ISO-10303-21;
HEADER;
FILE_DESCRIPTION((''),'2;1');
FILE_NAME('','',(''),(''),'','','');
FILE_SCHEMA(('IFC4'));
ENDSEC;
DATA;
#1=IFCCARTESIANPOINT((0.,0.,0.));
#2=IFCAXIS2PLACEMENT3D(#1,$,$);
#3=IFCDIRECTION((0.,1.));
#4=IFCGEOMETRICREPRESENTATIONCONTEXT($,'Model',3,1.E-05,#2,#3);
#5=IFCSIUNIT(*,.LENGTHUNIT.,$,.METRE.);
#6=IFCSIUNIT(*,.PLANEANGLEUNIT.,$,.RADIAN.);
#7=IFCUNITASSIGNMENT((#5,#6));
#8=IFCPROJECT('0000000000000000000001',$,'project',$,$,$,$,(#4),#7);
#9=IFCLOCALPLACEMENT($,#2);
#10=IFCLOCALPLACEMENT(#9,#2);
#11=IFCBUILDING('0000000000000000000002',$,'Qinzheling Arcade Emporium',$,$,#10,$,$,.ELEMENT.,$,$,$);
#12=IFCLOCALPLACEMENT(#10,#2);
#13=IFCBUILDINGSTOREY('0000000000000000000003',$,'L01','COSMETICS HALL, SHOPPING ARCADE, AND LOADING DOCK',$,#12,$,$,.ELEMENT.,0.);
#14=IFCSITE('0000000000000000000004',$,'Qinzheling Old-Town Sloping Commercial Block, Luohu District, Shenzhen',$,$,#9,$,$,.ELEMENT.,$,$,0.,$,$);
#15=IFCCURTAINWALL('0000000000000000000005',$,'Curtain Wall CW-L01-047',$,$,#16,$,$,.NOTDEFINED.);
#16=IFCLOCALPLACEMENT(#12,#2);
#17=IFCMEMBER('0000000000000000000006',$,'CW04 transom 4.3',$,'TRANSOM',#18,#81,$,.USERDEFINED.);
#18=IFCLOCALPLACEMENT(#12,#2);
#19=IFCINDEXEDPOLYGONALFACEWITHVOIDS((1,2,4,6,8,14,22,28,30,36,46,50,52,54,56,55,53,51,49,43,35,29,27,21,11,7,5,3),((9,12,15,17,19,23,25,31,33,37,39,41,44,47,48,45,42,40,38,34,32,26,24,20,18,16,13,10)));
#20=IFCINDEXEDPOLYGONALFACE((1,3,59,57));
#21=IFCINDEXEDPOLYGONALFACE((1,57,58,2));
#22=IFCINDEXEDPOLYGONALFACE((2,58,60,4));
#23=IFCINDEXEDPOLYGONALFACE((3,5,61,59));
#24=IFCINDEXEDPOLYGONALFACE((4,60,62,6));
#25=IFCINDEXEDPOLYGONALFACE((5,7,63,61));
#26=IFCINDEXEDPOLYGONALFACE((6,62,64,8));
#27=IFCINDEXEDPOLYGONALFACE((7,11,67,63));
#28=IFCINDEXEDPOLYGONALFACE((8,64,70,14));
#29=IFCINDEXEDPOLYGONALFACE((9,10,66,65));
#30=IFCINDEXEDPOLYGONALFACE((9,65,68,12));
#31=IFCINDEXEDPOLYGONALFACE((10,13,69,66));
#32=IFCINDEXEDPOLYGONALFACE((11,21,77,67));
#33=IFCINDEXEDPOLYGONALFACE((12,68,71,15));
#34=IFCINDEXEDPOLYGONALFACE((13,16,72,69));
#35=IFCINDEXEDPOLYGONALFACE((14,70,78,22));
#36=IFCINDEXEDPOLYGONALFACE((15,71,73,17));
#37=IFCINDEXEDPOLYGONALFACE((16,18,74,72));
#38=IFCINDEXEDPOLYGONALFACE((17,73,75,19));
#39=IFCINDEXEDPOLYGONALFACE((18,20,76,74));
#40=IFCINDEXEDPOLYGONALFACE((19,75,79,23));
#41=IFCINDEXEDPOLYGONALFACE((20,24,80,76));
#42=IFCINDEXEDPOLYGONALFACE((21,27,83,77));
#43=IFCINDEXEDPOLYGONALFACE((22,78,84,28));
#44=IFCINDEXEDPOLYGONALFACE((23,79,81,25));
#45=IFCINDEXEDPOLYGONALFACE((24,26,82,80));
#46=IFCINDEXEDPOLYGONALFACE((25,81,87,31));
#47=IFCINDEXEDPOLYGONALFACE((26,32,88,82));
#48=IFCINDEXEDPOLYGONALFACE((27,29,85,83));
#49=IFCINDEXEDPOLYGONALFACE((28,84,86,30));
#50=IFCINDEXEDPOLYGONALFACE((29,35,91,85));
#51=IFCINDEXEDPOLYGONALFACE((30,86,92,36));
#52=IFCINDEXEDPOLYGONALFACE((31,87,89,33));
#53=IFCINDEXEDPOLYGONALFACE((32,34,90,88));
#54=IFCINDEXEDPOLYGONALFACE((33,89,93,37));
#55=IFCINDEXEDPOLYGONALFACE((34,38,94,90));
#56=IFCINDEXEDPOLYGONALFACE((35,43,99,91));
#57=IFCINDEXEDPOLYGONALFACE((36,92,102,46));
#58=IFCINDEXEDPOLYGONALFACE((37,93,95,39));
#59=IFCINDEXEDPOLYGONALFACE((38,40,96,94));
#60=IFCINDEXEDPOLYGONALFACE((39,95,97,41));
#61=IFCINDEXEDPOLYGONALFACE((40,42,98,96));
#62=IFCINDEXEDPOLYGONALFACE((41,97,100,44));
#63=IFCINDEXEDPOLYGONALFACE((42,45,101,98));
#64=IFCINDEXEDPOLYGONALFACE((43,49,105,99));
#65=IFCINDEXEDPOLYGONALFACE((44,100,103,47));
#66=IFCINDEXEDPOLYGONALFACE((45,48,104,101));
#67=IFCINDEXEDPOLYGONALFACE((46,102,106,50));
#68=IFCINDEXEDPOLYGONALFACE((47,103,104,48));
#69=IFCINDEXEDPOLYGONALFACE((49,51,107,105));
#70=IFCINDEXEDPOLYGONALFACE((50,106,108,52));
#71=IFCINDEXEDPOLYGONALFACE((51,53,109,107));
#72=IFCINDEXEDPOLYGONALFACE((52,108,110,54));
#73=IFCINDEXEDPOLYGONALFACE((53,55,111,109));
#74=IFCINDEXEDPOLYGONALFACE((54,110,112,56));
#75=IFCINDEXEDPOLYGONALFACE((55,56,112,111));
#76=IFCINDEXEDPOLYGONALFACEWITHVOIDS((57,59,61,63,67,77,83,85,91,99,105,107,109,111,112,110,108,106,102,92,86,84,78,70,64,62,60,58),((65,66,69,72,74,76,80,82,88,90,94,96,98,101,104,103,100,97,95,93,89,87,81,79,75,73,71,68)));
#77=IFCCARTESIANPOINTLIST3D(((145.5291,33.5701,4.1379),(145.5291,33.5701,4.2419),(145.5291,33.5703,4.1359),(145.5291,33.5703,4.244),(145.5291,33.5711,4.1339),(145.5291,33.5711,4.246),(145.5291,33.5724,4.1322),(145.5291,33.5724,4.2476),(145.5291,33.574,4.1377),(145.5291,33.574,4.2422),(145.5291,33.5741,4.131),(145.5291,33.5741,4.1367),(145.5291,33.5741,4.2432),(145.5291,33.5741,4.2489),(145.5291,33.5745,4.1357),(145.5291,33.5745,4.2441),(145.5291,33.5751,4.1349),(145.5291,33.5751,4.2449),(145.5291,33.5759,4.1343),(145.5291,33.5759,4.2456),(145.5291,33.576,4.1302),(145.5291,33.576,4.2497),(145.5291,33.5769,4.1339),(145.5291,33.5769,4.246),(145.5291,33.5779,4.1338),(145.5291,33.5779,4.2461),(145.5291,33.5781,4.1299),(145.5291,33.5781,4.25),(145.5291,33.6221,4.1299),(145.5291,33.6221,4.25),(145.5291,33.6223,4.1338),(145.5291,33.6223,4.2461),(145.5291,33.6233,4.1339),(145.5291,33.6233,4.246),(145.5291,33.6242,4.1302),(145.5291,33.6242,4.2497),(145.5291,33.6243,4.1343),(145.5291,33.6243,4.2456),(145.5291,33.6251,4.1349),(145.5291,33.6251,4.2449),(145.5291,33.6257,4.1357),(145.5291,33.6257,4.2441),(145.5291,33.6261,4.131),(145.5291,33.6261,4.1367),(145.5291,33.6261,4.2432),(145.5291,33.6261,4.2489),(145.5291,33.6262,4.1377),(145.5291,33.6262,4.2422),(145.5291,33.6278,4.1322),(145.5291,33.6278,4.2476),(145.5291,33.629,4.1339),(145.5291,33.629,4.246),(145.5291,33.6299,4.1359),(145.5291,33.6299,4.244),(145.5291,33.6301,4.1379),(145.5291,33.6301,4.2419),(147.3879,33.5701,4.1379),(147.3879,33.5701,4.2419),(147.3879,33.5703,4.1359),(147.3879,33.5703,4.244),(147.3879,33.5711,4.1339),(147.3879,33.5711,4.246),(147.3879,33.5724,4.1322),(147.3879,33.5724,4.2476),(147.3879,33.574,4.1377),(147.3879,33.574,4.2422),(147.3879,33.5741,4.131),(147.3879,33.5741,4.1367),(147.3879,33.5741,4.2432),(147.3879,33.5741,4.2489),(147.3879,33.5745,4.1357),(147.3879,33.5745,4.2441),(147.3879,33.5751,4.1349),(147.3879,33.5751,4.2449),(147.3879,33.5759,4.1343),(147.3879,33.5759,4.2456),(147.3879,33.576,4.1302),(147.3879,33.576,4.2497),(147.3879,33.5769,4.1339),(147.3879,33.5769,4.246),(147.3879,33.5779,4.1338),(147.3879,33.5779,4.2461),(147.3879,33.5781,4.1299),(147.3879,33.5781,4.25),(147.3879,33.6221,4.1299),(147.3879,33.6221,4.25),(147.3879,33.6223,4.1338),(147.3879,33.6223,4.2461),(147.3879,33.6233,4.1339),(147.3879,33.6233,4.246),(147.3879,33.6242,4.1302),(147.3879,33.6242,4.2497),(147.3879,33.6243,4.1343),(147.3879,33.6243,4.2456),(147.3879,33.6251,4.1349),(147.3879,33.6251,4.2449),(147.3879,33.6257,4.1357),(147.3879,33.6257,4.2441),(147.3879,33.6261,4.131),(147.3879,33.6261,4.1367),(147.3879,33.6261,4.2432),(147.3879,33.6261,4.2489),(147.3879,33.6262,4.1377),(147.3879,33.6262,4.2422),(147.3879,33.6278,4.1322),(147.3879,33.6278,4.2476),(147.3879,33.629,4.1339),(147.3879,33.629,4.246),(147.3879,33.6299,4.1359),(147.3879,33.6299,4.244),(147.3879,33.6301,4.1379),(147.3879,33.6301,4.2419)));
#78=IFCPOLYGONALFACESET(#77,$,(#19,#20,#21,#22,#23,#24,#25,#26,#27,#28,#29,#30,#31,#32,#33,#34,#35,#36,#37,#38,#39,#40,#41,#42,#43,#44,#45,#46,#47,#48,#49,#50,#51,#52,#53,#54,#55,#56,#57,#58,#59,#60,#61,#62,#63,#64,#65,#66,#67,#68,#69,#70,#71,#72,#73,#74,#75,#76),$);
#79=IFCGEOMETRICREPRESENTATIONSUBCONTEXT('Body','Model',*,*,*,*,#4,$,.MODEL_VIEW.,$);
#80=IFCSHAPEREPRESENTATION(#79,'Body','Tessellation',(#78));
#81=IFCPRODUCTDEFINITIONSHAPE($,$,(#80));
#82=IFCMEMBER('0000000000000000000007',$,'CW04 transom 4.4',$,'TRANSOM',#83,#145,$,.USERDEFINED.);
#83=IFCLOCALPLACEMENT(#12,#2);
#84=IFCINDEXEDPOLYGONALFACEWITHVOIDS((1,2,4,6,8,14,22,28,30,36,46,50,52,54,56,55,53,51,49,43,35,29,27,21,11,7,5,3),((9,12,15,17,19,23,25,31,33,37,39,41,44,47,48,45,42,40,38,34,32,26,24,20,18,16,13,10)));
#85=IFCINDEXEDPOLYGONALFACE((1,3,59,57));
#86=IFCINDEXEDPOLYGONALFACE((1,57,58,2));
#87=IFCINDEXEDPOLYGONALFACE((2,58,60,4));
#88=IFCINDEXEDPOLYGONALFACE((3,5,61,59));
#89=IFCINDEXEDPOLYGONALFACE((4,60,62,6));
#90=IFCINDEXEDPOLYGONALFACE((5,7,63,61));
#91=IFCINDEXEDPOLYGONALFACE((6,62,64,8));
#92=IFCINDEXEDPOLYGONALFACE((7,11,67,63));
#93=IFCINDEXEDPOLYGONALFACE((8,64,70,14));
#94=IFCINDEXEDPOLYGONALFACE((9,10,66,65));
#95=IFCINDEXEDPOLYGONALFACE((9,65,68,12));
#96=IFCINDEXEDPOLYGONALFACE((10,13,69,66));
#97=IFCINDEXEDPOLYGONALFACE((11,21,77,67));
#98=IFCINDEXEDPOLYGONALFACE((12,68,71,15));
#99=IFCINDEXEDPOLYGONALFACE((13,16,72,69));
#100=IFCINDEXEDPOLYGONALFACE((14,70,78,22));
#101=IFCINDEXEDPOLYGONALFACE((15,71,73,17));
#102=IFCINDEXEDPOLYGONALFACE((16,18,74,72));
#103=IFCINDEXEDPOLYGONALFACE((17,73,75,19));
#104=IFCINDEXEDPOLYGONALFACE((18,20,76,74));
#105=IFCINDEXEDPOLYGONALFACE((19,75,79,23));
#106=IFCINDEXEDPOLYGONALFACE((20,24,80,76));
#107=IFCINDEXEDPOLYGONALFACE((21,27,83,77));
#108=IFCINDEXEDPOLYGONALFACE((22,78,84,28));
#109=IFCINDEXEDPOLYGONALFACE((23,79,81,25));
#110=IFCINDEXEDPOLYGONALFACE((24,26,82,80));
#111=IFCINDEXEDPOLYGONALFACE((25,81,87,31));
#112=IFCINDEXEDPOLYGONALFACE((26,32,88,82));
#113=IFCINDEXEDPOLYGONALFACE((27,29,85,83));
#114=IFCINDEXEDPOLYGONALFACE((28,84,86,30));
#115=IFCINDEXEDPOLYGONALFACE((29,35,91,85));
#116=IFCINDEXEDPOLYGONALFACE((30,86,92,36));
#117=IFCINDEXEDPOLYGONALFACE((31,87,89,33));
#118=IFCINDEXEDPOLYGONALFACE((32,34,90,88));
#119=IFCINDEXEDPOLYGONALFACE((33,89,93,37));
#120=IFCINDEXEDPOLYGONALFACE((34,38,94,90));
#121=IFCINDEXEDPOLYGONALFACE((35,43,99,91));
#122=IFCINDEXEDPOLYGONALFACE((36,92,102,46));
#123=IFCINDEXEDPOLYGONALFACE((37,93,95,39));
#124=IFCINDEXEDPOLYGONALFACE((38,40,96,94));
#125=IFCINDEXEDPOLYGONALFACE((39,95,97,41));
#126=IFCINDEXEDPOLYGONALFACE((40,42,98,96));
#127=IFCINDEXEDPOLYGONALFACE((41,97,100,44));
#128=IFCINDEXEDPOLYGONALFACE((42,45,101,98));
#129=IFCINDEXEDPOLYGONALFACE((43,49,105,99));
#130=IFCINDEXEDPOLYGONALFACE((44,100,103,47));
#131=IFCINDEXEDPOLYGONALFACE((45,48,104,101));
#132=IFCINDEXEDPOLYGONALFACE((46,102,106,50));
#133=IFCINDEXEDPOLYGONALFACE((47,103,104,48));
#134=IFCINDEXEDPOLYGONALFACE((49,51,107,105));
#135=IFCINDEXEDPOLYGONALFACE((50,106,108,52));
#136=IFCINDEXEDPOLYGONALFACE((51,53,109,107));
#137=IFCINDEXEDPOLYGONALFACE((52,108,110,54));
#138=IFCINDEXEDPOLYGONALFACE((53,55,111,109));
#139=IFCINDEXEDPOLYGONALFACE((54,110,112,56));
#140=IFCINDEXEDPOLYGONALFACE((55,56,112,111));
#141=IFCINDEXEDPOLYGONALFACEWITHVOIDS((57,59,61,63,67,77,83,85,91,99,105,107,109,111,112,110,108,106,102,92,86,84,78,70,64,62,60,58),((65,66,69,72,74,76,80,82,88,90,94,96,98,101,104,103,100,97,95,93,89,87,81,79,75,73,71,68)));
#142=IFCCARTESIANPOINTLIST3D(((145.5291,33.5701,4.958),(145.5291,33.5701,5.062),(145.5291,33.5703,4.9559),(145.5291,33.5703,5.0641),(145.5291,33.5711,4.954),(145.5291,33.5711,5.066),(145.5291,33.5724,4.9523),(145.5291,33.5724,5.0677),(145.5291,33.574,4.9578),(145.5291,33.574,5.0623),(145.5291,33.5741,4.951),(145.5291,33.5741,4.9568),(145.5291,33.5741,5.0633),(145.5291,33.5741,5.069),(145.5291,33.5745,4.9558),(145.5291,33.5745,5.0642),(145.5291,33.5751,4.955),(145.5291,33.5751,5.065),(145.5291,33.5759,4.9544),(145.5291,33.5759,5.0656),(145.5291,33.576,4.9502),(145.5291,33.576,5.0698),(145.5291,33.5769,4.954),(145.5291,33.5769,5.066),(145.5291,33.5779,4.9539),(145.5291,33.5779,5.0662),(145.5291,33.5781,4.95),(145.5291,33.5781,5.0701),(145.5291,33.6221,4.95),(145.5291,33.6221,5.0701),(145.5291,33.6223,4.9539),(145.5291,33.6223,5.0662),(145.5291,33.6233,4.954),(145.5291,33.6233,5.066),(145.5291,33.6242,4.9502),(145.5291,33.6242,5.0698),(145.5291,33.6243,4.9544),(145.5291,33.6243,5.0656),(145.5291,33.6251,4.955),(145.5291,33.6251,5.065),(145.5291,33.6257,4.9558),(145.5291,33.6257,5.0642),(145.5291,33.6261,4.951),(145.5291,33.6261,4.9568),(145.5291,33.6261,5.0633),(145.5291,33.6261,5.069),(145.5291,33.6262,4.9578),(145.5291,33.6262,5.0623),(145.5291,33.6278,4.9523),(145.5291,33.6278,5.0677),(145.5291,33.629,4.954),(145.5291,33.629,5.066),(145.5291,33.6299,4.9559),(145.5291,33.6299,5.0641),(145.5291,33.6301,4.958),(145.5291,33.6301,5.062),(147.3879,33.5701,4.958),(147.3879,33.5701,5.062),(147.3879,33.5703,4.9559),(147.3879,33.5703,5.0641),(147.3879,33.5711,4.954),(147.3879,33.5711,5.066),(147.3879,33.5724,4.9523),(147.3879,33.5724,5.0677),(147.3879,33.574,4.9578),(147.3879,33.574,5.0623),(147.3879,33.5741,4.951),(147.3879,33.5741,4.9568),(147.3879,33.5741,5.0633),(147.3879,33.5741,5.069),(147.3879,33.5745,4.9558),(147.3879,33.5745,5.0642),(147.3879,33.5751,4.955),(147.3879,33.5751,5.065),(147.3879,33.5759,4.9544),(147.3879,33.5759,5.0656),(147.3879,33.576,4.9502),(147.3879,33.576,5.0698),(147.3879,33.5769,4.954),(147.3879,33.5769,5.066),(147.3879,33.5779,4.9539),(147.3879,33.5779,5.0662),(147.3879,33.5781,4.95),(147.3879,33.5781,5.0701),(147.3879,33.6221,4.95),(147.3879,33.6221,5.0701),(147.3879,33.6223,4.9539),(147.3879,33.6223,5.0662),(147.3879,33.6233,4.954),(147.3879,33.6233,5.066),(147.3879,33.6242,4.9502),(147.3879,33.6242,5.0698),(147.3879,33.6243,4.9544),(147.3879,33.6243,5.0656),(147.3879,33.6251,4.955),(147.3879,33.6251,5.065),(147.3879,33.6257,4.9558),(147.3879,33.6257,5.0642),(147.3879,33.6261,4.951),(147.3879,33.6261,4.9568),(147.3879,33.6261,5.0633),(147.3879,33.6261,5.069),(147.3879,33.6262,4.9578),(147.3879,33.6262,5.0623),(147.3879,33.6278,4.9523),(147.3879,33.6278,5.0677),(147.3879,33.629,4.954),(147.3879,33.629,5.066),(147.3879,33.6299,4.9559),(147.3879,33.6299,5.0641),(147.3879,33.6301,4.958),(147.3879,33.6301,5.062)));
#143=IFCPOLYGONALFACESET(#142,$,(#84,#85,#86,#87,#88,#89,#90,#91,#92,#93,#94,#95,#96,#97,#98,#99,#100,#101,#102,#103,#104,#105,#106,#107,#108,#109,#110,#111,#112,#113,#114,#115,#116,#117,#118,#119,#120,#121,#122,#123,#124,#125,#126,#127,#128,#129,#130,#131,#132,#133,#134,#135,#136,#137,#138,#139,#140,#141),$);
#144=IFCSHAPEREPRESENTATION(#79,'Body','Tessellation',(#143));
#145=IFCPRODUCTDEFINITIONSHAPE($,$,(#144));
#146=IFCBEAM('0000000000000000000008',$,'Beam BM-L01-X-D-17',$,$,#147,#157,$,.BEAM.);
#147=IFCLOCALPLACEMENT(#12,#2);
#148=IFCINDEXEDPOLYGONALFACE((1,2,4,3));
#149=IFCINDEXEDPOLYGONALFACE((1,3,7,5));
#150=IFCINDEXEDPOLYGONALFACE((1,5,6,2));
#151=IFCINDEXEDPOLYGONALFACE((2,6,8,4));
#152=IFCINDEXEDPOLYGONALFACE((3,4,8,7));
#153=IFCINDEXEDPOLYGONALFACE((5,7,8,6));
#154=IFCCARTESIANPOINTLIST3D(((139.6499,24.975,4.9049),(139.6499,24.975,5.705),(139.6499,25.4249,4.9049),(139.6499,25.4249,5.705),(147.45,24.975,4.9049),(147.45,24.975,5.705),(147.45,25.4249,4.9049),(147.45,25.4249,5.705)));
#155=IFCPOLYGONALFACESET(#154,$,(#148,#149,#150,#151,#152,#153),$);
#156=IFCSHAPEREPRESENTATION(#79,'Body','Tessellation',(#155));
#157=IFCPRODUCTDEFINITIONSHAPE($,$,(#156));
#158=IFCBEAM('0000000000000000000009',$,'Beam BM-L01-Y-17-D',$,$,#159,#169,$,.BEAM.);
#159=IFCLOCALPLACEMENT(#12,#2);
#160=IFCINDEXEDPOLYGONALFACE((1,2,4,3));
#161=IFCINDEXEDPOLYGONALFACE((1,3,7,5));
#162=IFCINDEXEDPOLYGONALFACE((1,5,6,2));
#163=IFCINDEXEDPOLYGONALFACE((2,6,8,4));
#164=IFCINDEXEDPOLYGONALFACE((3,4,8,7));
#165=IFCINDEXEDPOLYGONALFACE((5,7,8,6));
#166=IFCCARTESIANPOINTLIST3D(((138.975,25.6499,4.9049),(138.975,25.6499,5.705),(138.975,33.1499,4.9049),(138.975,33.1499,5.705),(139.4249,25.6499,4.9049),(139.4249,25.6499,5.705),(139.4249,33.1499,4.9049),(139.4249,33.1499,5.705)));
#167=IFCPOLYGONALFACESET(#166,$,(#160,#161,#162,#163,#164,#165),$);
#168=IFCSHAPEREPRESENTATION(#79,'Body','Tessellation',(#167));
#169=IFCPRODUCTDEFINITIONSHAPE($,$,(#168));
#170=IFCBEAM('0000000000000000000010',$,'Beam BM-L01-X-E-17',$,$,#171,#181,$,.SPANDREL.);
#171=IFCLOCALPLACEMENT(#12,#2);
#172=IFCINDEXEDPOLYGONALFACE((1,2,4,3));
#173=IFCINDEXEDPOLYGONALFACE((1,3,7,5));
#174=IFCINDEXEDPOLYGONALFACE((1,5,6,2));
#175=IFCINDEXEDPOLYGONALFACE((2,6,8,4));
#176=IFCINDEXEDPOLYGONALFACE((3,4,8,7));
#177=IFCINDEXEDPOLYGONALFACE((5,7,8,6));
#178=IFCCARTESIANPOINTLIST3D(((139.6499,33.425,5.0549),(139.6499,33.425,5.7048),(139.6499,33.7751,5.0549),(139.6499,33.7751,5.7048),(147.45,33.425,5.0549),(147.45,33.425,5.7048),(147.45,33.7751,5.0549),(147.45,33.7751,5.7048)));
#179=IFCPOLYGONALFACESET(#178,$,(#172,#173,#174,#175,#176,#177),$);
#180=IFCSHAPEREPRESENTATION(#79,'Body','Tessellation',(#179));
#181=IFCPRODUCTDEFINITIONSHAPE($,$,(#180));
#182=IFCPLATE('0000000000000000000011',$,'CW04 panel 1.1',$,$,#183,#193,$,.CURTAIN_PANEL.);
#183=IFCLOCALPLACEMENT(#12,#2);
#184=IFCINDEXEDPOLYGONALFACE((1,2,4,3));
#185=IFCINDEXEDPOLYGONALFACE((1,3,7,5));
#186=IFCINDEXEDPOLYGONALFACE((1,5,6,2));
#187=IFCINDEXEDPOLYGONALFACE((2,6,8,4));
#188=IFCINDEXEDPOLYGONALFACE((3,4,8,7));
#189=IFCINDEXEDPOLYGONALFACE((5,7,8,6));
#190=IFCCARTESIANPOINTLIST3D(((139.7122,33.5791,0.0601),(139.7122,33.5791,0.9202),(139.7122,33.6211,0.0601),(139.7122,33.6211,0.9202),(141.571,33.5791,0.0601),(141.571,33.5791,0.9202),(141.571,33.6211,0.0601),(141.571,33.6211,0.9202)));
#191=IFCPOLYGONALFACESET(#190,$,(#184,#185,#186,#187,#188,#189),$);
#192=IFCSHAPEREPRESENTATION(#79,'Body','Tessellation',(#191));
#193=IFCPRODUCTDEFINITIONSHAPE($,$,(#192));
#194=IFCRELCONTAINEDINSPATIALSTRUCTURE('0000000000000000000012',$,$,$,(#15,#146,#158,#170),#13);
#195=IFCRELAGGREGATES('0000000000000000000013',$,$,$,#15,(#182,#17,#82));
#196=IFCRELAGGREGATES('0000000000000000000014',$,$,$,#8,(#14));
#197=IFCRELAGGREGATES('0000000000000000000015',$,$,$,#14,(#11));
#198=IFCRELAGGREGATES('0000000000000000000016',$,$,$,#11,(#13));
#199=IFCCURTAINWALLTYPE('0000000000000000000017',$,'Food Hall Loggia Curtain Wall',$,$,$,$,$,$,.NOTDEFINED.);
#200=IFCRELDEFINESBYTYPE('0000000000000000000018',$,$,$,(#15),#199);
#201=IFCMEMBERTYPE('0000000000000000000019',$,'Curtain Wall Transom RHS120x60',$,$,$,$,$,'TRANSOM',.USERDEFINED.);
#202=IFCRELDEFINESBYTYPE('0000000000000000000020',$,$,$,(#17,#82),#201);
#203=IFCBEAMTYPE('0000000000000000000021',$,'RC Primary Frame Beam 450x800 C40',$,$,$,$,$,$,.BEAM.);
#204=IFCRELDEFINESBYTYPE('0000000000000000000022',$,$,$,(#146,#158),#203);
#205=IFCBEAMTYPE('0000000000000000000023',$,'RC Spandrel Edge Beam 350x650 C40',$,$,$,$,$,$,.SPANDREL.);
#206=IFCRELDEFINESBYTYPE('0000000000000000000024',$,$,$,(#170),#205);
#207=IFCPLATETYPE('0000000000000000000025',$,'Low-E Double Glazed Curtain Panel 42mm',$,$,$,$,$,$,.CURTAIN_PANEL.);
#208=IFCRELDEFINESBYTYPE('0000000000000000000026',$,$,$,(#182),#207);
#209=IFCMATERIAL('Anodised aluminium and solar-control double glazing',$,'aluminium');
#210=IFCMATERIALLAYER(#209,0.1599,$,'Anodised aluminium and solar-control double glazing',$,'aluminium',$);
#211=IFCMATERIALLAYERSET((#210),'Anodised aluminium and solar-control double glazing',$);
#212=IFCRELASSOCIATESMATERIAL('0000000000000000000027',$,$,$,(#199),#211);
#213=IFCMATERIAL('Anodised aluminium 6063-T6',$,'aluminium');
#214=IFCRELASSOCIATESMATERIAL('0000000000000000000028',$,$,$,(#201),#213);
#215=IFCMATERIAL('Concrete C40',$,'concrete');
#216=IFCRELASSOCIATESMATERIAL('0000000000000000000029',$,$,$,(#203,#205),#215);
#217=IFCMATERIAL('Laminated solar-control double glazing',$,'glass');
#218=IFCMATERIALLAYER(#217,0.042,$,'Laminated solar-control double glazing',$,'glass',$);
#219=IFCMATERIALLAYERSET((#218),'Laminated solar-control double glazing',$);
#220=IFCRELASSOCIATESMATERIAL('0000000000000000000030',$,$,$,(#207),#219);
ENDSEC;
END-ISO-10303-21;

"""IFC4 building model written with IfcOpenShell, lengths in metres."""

from ifc_helpers import new_model, si_unit, direction, frame, origin, origin_2d, place, context, subcontext, project, spatial, rectangle, hollow_rectangle, extrude, material, layer, layer_set, material_profile, profile_set, type_object, element, aggregate, save


model = new_model("IFC4")

# Units and contexts
model_context = context("Model", 3, precision=1e-05, world=origin(), true_north=direction((0.0, 1.0)))
body_context = subcontext(model_context, "Body", "Model", "MODEL_VIEW")
ifc_project = project(units=[si_unit("LENGTHUNIT", "METRE"), si_unit("PLANEANGLEUNIT", "RADIAN")], contexts=[model_context])

# Site, building, storey
site_placement = place(None, origin())
site = spatial("IfcSite", under=ifc_project, at=site_placement, Name="Qinzheling Old-Town Sloping Commercial Block, Luohu District, Shenzhen", CompositionType="ELEMENT", RefElevation=0.0)
building_placement = place(site_placement, origin())
building = spatial("IfcBuilding", under=site, at=building_placement, Name="Qinzheling Arcade Emporium", CompositionType="ELEMENT")
storey_placement = place(building_placement, origin())
storey = spatial("IfcBuildingStorey", under=building, at=storey_placement, Name="L01", Description="COSMETICS HALL, SHOPPING ARCADE, AND LOADING DOCK", CompositionType="ELEMENT", Elevation=0.0)

# Curtain wall, members
ifc_material_1 = material(Name="Anodised aluminium and solar-control double glazing", Category="aluminium")
ifc_layer_1 = layer(ifc_material_1, 0.1599, Name="Anodised aluminium and solar-control double glazing", Category="aluminium")
ifc_layer_set_1 = layer_set([ifc_layer_1], Name="Anodised aluminium and solar-control double glazing")
curtain_wall_type = type_object("IfcCurtainWallType", Name="Food Hall Loggia Curtain Wall", PredefinedType="NOTDEFINED", material=ifc_layer_set_1)
curtain_wall_placement = place(storey_placement, origin())
curtain_wall = element("IfcCurtainWall", 1, at=curtain_wall_placement, inside=storey, type_object=curtain_wall_type, Name="Curtain Wall CW-L01-047", PredefinedType="NOTDEFINED")
ifc_material_2 = material(Name="Anodised aluminium 6063-T6", Category="aluminium")
ifc_material_profile_1 = material_profile(ifc_material_2, hollow_rectangle(XDim=0.0601, YDim=0.1201, WallThickness=0.0039, InnerFilletRadius=0.0039, OuterFilletRadius=0.0081, at=origin_2d()), Name="RHS 120x60x4", Category="aluminium")
ifc_profile_set_1 = profile_set([ifc_material_profile_1], Name="Anodised aluminium 6063-T6")
member_type_1 = type_object("IfcMemberType", Name="Curtain Wall Transom RHS120x60", ElementType="TRANSOM", PredefinedType="USERDEFINED", material=ifc_profile_set_1)
member_1_placement = place(storey_placement, frame((145.5291, 33.6001, 4.1899), z_axis=(1.0, 0.0, 0.0), x_axis=(0.0, 1.0, 0.0)))
member_1 = element("IfcMember", 2, at=member_1_placement, type_object=member_type_1, Name="CW04 transom 4.3", ObjectType="TRANSOM", PredefinedType="USERDEFINED", context=body_context, shape_type="SweptSolid", body=[
    extrude(hollow_rectangle(XDim=0.0601, YDim=0.1201, WallThickness=0.0039, InnerFilletRadius=0.0039, OuterFilletRadius=0.0081, at=origin_2d()), origin(), (0.0, 0.0, 1.0), 1.8589),
])
member_2_placement = place(storey_placement, frame((145.5291, 33.6001, 5.01), z_axis=(1.0, 0.0, 0.0), x_axis=(0.0, 1.0, 0.0)))
member_2 = element("IfcMember", 3, at=member_2_placement, type_object=member_type_1, Name="CW04 transom 4.4", ObjectType="TRANSOM", PredefinedType="USERDEFINED", context=body_context, shape_type="SweptSolid", body=[
    extrude(hollow_rectangle(XDim=0.0601, YDim=0.1201, WallThickness=0.0039, InnerFilletRadius=0.0039, OuterFilletRadius=0.0081, at=origin_2d()), origin(), (0.0, 0.0, 1.0), 1.8589),
])

# Beams
ifc_material_3 = material(Name="Concrete C40", Category="concrete")
ifc_material_profile_2 = material_profile(ifc_material_3, rectangle(XDim=0.45, YDim=0.8, at=origin_2d()), Name="RC 450x800", Category="concrete")
ifc_profile_set_2 = profile_set([ifc_material_profile_2], Name="Concrete C40")
beam_type_1 = type_object("IfcBeamType", Name="RC Primary Frame Beam 450x800 C40", PredefinedType="BEAM", material=ifc_profile_set_2)
beam_1_placement = place(storey_placement, frame((139.6499, 25.2, 5.3049), z_axis=(1.0, 0.0, 0.0), x_axis=(0.0, 1.0, 0.0)))
element("IfcBeam", 4, at=beam_1_placement, inside=storey, type_object=beam_type_1, Name="Beam BM-L01-X-D-17", PredefinedType="BEAM", context=body_context, shape_type="SweptSolid", body=[
    extrude(rectangle(XDim=0.45, YDim=0.8, at=origin_2d()), origin(), (0.0, 0.0, 1.0), 7.8),
])
beam_2_placement = place(storey_placement, frame((139.2, 25.6499, 5.3049), z_axis=(0.0, 1.0, 0.0), x_axis=(-1.0, 0.0, 0.0)))
element("IfcBeam", 5, at=beam_2_placement, inside=storey, type_object=beam_type_1, Name="Beam BM-L01-Y-17-D", PredefinedType="BEAM", context=body_context, shape_type="SweptSolid", body=[
    extrude(rectangle(XDim=0.45, YDim=0.8, at=origin_2d()), origin(), (0.0, 0.0, 1.0), 7.5),
])
ifc_material_profile_3 = material_profile(ifc_material_3, rectangle(XDim=0.3501, YDim=0.6499, at=origin_2d()), Name="RC 350x650", Category="concrete")
ifc_profile_set_3 = profile_set([ifc_material_profile_3], Name="Concrete C40")
beam_type_2 = type_object("IfcBeamType", Name="RC Spandrel Edge Beam 350x650 C40", PredefinedType="SPANDREL", material=ifc_profile_set_3)
beam_3_placement = place(storey_placement, frame((139.6499, 33.6001, 5.3799), z_axis=(1.0, 0.0, 0.0), x_axis=(0.0, 1.0, 0.0)))
element("IfcBeam", 6, at=beam_3_placement, inside=storey, type_object=beam_type_2, Name="Beam BM-L01-X-E-17", PredefinedType="SPANDREL", context=body_context, shape_type="SweptSolid", body=[
    extrude(rectangle(XDim=0.3501, YDim=0.6499, at=origin_2d()), origin(), (0.0, 0.0, 1.0), 7.8),
])

# Plate
ifc_material_4 = material(Name="Laminated solar-control double glazing", Category="glass")
ifc_layer_2 = layer(ifc_material_4, 0.042, Name="Laminated solar-control double glazing", Category="glass")
ifc_layer_set_2 = layer_set([ifc_layer_2], Name="Laminated solar-control double glazing")
plate_type = type_object("IfcPlateType", Name="Low-E Double Glazed Curtain Panel 42mm", PredefinedType="CURTAIN_PANEL", material=ifc_layer_set_2)
plate_1_placement = place(storey_placement, frame((140.6416, 33.6001, 0.0601), z_axis=(0.0, 0.0, 1.0), x_axis=(1.0, 0.0, 0.0)))
plate_1 = element("IfcPlate", 7, at=plate_1_placement, type_object=plate_type, Name="CW04 panel 1.1", PredefinedType="CURTAIN_PANEL", context=body_context, shape_type="SweptSolid", body=[
    extrude(rectangle(XDim=1.8589, YDim=0.042, at=origin_2d()), origin(), (0.0, 0.0, 1.0), 0.8601),
])
aggregate(curtain_wall, [plate_1, member_1, member_2])

save(model, "model.ifc")
